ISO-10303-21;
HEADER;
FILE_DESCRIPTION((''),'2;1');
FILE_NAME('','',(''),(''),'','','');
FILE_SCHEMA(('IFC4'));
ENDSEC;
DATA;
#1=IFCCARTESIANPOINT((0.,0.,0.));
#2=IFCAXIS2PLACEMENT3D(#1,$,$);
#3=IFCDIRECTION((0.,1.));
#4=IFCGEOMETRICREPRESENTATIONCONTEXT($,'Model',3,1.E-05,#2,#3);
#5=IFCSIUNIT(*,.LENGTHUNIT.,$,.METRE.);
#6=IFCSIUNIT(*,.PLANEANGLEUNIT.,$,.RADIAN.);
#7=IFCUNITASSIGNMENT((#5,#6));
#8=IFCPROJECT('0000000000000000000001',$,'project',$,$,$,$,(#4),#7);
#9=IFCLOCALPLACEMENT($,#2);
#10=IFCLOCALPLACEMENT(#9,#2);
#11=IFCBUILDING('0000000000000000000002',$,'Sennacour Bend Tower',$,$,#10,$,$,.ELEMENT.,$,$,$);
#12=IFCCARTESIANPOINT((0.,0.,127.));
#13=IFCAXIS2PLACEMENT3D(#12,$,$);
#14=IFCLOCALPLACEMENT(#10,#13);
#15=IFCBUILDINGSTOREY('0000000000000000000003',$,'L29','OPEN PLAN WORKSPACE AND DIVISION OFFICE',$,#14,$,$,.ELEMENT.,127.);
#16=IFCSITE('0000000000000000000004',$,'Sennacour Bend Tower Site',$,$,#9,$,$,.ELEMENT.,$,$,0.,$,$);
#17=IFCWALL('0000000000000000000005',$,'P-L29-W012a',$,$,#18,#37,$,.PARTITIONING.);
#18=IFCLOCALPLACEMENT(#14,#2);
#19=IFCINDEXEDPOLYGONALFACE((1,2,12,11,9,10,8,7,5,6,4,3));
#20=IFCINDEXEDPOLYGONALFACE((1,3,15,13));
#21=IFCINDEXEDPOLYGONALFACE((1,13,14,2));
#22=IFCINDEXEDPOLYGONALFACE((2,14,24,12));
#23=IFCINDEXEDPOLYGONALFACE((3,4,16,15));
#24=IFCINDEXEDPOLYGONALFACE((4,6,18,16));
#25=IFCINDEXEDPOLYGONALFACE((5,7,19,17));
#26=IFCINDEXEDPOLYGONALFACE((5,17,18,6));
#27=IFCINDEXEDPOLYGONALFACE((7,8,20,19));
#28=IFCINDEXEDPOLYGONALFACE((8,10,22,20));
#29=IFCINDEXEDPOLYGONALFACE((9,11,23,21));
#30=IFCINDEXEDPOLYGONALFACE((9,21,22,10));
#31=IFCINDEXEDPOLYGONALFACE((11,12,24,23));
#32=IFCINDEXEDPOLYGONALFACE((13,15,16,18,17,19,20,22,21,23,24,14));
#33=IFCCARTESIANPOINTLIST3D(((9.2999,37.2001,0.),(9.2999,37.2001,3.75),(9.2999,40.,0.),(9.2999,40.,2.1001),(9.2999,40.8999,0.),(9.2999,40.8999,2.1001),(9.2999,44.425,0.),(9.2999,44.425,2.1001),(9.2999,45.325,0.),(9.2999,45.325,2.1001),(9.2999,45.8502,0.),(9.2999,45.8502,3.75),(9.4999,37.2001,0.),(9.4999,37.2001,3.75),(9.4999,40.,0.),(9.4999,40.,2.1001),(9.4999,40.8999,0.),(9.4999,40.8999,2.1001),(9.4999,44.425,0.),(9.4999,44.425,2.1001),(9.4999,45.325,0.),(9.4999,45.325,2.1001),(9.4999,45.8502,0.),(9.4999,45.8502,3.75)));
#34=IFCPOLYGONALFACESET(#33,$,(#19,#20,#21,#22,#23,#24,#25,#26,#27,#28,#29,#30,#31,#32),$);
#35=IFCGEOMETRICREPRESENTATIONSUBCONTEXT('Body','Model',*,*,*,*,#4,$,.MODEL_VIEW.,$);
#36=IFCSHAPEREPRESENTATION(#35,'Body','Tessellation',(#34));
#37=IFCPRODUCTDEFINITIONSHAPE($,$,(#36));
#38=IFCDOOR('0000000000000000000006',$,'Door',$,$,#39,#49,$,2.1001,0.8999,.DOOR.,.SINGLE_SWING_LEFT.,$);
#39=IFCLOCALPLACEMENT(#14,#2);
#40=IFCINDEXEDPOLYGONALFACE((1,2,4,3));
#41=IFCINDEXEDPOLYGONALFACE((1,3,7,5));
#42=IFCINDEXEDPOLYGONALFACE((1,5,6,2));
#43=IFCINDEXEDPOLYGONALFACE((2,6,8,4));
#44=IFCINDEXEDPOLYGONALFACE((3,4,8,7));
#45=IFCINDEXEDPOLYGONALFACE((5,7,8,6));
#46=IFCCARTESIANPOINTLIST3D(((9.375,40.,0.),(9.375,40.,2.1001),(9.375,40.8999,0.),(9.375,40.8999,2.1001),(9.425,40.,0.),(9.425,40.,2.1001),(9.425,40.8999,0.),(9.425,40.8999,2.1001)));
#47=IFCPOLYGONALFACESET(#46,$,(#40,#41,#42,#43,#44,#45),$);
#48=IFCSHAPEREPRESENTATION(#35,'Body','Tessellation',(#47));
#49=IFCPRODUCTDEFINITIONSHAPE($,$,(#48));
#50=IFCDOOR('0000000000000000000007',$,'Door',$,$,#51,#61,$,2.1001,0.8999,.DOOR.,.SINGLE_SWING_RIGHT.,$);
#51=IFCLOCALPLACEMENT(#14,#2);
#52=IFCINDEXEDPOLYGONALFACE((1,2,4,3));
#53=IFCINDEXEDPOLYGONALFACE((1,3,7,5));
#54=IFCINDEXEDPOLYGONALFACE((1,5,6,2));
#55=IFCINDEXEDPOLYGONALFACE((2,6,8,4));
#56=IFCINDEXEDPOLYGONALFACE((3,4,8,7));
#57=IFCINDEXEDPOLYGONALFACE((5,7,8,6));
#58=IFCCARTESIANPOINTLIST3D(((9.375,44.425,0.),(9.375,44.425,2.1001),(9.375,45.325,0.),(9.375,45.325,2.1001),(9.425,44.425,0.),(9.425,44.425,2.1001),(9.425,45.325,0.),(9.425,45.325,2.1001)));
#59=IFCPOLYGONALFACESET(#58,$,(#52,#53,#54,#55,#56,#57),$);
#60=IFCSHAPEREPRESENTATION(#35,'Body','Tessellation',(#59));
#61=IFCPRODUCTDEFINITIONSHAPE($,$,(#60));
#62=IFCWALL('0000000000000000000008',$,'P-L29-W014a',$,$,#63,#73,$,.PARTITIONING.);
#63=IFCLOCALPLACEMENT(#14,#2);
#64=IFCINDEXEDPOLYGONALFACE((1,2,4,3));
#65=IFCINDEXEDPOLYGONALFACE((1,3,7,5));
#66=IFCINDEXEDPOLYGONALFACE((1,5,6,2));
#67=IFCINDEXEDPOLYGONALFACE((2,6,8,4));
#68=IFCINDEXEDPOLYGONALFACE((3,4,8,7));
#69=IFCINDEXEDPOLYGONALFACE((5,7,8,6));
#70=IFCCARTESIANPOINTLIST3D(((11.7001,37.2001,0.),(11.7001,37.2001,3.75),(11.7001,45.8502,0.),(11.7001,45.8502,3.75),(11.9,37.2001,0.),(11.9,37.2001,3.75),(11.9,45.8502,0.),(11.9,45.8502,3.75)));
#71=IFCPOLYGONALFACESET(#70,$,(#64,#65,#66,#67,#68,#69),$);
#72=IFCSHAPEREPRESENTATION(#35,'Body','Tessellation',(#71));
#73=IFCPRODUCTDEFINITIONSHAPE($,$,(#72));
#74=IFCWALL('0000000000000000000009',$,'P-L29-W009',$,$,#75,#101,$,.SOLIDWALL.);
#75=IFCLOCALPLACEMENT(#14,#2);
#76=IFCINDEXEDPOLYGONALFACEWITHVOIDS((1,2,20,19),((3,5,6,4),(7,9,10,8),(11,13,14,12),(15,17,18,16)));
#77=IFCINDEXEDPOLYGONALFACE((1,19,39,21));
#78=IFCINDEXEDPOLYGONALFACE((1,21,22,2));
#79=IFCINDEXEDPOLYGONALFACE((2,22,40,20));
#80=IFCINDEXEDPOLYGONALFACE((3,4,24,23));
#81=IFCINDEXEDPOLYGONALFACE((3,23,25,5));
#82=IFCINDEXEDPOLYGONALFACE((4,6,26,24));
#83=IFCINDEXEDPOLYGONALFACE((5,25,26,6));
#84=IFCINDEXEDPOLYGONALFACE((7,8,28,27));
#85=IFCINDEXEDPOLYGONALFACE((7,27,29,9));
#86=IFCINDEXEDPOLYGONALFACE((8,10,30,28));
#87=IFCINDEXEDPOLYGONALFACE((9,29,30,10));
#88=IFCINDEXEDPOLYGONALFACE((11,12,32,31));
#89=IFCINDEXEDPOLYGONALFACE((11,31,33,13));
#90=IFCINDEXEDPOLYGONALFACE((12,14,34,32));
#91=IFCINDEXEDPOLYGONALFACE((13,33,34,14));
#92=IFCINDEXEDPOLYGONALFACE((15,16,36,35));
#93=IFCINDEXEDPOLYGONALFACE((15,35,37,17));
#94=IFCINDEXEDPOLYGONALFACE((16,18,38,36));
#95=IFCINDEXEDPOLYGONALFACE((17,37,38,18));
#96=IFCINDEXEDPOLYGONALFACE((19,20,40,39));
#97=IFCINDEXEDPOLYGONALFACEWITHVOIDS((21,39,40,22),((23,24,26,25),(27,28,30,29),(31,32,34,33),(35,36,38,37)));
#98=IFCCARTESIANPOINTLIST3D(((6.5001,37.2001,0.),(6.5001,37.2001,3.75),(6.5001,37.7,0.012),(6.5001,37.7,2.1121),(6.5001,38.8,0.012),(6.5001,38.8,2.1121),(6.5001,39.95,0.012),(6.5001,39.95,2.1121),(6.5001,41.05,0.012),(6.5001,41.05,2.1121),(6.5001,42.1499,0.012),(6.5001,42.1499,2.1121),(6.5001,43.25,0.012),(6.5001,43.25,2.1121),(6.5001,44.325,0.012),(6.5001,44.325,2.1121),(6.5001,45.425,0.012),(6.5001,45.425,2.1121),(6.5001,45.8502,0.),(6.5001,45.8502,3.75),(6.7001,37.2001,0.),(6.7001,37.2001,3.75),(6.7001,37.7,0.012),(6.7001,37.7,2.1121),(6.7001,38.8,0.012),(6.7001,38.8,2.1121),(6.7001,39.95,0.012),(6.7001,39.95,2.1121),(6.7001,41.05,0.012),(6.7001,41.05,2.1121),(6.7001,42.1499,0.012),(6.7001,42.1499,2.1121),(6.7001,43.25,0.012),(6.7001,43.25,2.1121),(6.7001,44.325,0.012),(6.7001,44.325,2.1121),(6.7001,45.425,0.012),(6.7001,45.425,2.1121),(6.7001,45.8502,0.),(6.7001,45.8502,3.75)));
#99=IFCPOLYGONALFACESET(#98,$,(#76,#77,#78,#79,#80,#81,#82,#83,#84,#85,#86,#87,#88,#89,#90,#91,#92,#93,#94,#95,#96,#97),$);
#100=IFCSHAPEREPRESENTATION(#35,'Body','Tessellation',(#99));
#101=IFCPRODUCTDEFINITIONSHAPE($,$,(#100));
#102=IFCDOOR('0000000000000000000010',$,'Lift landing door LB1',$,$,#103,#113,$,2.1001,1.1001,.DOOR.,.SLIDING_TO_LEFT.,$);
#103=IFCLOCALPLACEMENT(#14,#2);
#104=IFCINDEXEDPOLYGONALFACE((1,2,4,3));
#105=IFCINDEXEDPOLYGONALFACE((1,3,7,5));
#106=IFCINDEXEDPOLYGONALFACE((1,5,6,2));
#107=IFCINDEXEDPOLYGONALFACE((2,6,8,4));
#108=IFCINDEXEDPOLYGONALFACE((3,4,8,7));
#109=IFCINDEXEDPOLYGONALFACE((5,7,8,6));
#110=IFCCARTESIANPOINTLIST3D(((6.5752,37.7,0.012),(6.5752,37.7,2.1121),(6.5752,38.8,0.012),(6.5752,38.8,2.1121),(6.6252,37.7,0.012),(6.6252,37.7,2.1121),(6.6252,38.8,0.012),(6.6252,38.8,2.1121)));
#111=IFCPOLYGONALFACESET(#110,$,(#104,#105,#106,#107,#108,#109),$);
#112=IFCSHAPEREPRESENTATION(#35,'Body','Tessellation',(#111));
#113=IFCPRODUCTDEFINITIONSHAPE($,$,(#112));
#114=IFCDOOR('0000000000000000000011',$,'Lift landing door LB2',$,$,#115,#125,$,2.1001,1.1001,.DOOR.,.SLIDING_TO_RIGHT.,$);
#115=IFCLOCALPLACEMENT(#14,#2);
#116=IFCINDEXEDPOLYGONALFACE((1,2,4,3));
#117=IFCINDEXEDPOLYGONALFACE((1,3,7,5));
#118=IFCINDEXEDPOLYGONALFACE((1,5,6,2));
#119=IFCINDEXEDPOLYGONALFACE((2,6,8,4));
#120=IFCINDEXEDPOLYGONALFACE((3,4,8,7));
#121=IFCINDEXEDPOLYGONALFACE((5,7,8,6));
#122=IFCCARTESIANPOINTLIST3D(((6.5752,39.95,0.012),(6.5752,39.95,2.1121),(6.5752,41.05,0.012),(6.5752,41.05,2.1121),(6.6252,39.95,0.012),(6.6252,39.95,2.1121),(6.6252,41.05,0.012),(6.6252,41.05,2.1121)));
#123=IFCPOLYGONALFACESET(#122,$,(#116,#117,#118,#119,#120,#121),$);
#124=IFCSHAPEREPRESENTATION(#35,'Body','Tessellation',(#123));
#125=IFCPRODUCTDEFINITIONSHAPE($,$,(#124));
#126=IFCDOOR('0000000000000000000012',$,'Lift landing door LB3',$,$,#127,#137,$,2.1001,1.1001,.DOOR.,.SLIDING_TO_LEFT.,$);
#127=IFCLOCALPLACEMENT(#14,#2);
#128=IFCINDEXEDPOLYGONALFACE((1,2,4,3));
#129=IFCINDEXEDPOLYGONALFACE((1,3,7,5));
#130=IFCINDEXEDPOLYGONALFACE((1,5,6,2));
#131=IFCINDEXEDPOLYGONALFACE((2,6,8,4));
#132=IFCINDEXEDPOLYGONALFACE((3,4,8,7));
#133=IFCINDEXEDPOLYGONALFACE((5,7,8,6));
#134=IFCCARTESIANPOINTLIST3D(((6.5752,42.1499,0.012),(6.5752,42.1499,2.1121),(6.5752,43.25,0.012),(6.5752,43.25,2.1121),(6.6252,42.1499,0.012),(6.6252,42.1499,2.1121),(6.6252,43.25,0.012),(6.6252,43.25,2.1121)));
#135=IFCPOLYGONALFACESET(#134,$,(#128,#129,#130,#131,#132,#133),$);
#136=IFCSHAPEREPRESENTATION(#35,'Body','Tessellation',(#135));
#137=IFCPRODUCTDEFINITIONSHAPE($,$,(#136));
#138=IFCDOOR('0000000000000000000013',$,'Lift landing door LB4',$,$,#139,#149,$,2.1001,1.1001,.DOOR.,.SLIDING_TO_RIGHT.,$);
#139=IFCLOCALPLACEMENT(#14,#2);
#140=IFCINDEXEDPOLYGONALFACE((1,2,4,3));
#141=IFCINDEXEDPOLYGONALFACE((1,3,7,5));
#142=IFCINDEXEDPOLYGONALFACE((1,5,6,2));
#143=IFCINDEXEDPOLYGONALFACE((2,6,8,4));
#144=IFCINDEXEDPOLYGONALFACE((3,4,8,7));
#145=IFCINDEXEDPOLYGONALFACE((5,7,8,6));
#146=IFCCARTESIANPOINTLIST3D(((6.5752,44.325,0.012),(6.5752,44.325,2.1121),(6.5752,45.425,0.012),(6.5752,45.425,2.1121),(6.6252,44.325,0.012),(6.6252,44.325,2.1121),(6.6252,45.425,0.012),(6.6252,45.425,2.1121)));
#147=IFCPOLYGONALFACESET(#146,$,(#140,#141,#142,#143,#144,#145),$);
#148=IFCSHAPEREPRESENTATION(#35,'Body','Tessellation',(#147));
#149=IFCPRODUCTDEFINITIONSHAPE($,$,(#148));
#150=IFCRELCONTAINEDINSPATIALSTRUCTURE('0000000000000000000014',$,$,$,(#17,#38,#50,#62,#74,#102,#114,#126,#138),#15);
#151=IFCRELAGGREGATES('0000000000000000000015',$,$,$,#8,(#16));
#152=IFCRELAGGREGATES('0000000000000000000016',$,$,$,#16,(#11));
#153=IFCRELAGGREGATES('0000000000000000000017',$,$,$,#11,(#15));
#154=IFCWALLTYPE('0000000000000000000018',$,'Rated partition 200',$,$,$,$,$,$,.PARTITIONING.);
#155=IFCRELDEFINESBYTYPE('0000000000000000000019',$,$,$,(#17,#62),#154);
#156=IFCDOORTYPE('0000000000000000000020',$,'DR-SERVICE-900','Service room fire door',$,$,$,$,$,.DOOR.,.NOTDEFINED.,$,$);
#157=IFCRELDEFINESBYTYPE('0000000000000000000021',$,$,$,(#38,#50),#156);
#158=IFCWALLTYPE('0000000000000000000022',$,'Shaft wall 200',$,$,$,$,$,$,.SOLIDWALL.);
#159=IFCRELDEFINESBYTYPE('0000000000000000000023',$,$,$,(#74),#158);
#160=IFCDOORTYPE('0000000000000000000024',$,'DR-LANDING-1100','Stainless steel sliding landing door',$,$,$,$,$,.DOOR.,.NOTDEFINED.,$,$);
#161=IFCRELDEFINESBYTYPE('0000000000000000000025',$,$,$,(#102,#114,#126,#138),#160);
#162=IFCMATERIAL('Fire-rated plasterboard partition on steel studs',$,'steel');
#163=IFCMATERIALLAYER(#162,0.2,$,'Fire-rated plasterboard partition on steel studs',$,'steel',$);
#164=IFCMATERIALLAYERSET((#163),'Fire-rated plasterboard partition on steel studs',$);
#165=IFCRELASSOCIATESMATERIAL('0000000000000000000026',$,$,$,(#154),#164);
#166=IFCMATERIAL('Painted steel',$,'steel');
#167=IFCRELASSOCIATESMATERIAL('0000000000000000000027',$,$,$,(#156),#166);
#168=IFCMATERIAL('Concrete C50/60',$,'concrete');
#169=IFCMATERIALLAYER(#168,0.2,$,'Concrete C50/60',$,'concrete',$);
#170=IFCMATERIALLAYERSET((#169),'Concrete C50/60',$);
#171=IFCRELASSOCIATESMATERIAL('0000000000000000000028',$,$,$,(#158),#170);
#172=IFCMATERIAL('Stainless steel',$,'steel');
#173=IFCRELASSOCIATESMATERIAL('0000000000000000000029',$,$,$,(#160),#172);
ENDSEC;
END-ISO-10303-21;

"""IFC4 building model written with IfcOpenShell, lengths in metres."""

from ifc_helpers import new_model, si_unit, direction, frame, frame_2d, origin, place, context, subcontext, project, spatial, rectangle, extrude, material, layer, layer_set, type_object, element, fill, save


model = new_model("IFC4")

# Units and contexts
model_context = context("Model", 3, precision=1e-05, world=origin(), true_north=direction((0.0, 1.0)))
body_context = subcontext(model_context, "Body", "Model", "MODEL_VIEW")
ifc_project = project(units=[si_unit("LENGTHUNIT", "METRE"), si_unit("PLANEANGLEUNIT", "RADIAN")], contexts=[model_context])

# Site, building, storey
site_placement = place(None, origin())
site = spatial("IfcSite", under=ifc_project, at=site_placement, Name="Sennacour Bend Tower Site", CompositionType="ELEMENT", RefElevation=0.0)
building_placement = place(site_placement, origin())
building = spatial("IfcBuilding", under=site, at=building_placement, Name="Sennacour Bend Tower", CompositionType="ELEMENT")
storey_placement = place(building_placement, frame((0.0, 0.0, 127.0)))
storey = spatial("IfcBuildingStorey", under=building, at=storey_placement, Name="L29", Description="OPEN PLAN WORKSPACE AND DIVISION OFFICE", CompositionType="ELEMENT", Elevation=127.0)

# Shared definitions
ifc_material_1 = material(Name="Painted steel", Category="steel")

# Wall, openings, doors
ifc_material_2 = material(Name="Fire-rated plasterboard partition on steel studs", Category="steel")
ifc_layer_1 = layer(ifc_material_2, 0.2, Name="Fire-rated plasterboard partition on steel studs", Category="steel")
ifc_layer_set_1 = layer_set([ifc_layer_1], Name="Fire-rated plasterboard partition on steel studs")
wall_type_1 = type_object("IfcWallType", Name="Rated partition 200", PredefinedType="PARTITIONING", material=ifc_layer_set_1)
wall_1_placement = place(storey_placement, frame((9.3999, 37.2, 0.0), z_axis=(0.0, 0.0, 1.0), x_axis=(0.0, 1.0, 0.0)))
wall_1 = element("IfcWall", 1, at=wall_1_placement, inside=storey, type_object=wall_type_1, Name="P-L29-W012a", PredefinedType="PARTITIONING", context=body_context, shape_type="SweptSolid", body=[
    extrude(rectangle(XDim=8.6501, YDim=0.2, at=frame_2d((4.3252, 0.0))), origin(), (0.0, 0.0, 1.0), 3.75),
])
opening_1_placement = place(wall_1_placement, frame((2.8, 0.0, 0.0)))
opening_1 = element("IfcOpeningElement", 2, at=opening_1_placement, cuts=wall_1, PredefinedType="OPENING", context=body_context, shape_type="SweptSolid", body=[
    extrude(rectangle(XDim=0.8999, YDim=2.1001, at=frame_2d((0.45, 1.05))), frame((0.0, 0.1099, 0.0), z_axis=(0.0, -1.0, 0.0), x_axis=(1.0, 0.0, 0.0)), (0.0, 0.0, 1.0), 0.22),
])
opening_2_placement = place(wall_1_placement, frame((7.2251, 0.0, 0.0)))
opening_2 = element("IfcOpeningElement", 3, at=opening_2_placement, cuts=wall_1, PredefinedType="OPENING", context=body_context, shape_type="SweptSolid", body=[
    extrude(rectangle(XDim=0.8999, YDim=2.1001, at=frame_2d((0.45, 1.05))), frame((0.0, 0.1099, 0.0), z_axis=(0.0, -1.0, 0.0), x_axis=(1.0, 0.0, 0.0)), (0.0, 0.0, 1.0), 0.22),
])
door_type_1 = type_object("IfcDoorType", Name="DR-SERVICE-900", Description="Service room fire door", OperationType="NOTDEFINED", PredefinedType="DOOR", material=ifc_material_1)
door_1_placement = place(opening_1_placement, origin())
door_1 = element("IfcDoor", 4, at=door_1_placement, inside=storey, type_object=door_type_1, Name="Door", OperationType="SINGLE_SWING_LEFT", OverallHeight=2.1001, OverallWidth=0.8999, PredefinedType="DOOR", context=body_context, shape_type="SweptSolid", body=[
    extrude(rectangle(XDim=0.8999, YDim=2.1001, at=frame_2d((0.45, 1.05))), frame((0.0, 0.0249, 0.0), z_axis=(0.0, -1.0, 0.0), x_axis=(1.0, 0.0, 0.0)), (0.0, 0.0, 1.0), 0.05),
])
fill(opening_1, door_1)
door_2_placement = place(opening_2_placement, origin())
door_2 = element("IfcDoor", 5, at=door_2_placement, inside=storey, type_object=door_type_1, Name="Door", OperationType="SINGLE_SWING_RIGHT", OverallHeight=2.1001, OverallWidth=0.8999, PredefinedType="DOOR", context=body_context, shape_type="SweptSolid", body=[
    extrude(rectangle(XDim=0.8999, YDim=2.1001, at=frame_2d((0.45, 1.05))), frame((0.0, 0.0249, 0.0), z_axis=(0.0, -1.0, 0.0), x_axis=(1.0, 0.0, 0.0)), (0.0, 0.0, 1.0), 0.05),
])
fill(opening_2, door_2)

# Wall
wall_2_placement = place(storey_placement, frame((11.8, 37.2, 0.0), z_axis=(0.0, 0.0, 1.0), x_axis=(0.0, 1.0, 0.0)))
element("IfcWall", 6, at=wall_2_placement, inside=storey, type_object=wall_type_1, Name="P-L29-W014a", PredefinedType="PARTITIONING", context=body_context, shape_type="SweptSolid", body=[
    extrude(rectangle(XDim=8.6501, YDim=0.2, at=frame_2d((4.3252, 0.0))), origin(), (0.0, 0.0, 1.0), 3.75),
])

# Wall, openings, doors
ifc_material_3 = material(Name="Concrete C50/60", Category="concrete")
ifc_layer_2 = layer(ifc_material_3, 0.2, Name="Concrete C50/60", Category="concrete")
ifc_layer_set_2 = layer_set([ifc_layer_2], Name="Concrete C50/60")
wall_type_2 = type_object("IfcWallType", Name="Shaft wall 200", PredefinedType="SOLIDWALL", material=ifc_layer_set_2)
wall_3_placement = place(storey_placement, frame((6.6001, 37.2, 0.0), z_axis=(0.0, 0.0, 1.0), x_axis=(0.0, 1.0, 0.0)))
wall_3 = element("IfcWall", 7, at=wall_3_placement, inside=storey, type_object=wall_type_2, Name="P-L29-W009", PredefinedType="SOLIDWALL", context=body_context, shape_type="SweptSolid", body=[
    extrude(rectangle(XDim=8.6501, YDim=0.2, at=frame_2d((4.3252, 0.0))), origin(), (0.0, 0.0, 1.0), 3.75),
])
opening_3_placement = place(wall_3_placement, frame((0.5, 0.0, 0.012)))
opening_3 = element("IfcOpeningElement", 8, at=opening_3_placement, cuts=wall_3, PredefinedType="OPENING", context=body_context, shape_type="SweptSolid", body=[
    extrude(rectangle(XDim=1.1001, YDim=2.1001, at=frame_2d((0.55, 1.05))), frame((0.0, 0.1099, 0.0), z_axis=(0.0, -1.0, 0.0), x_axis=(1.0, 0.0, 0.0)), (0.0, 0.0, 1.0), 0.22),
])
opening_4_placement = place(wall_3_placement, frame((2.75, 0.0, 0.012)))
opening_4 = element("IfcOpeningElement", 9, at=opening_4_placement, cuts=wall_3, PredefinedType="OPENING", context=body_context, shape_type="SweptSolid", body=[
    extrude(rectangle(XDim=1.1001, YDim=2.1001, at=frame_2d((0.55, 1.05))), frame((0.0, 0.1099, 0.0), z_axis=(0.0, -1.0, 0.0), x_axis=(1.0, 0.0, 0.0)), (0.0, 0.0, 1.0), 0.22),
])
opening_5_placement = place(wall_3_placement, frame((4.95, 0.0, 0.012)))
opening_5 = element("IfcOpeningElement", 10, at=opening_5_placement, cuts=wall_3, PredefinedType="OPENING", context=body_context, shape_type="SweptSolid", body=[
    extrude(rectangle(XDim=1.1001, YDim=2.1001, at=frame_2d((0.55, 1.05))), frame((0.0, 0.1099, 0.0), z_axis=(0.0, -1.0, 0.0), x_axis=(1.0, 0.0, 0.0)), (0.0, 0.0, 1.0), 0.22),
])
opening_6_placement = place(wall_3_placement, frame((7.125, 0.0, 0.012)))
opening_6 = element("IfcOpeningElement", 11, at=opening_6_placement, cuts=wall_3, PredefinedType="OPENING", context=body_context, shape_type="SweptSolid", body=[
    extrude(rectangle(XDim=1.1001, YDim=2.1001, at=frame_2d((0.55, 1.05))), frame((0.0, 0.1099, 0.0), z_axis=(0.0, -1.0, 0.0), x_axis=(1.0, 0.0, 0.0)), (0.0, 0.0, 1.0), 0.22),
])
ifc_material_4 = material(Name="Stainless steel", Category="steel")
door_type_2 = type_object("IfcDoorType", Name="DR-LANDING-1100", Description="Stainless steel sliding landing door", OperationType="NOTDEFINED", PredefinedType="DOOR", material=ifc_material_4)
door_3_placement = place(opening_3_placement, origin())
door_3 = element("IfcDoor", 12, at=door_3_placement, inside=storey, type_object=door_type_2, Name="Lift landing door LB1", OperationType="SLIDING_TO_LEFT", OverallHeight=2.1001, OverallWidth=1.1001, PredefinedType="DOOR", context=body_context, shape_type="SweptSolid", body=[
    extrude(rectangle(XDim=1.1001, YDim=2.1001, at=frame_2d((0.55, 1.05))), frame((0.0, 0.0249, 0.0), z_axis=(0.0, -1.0, 0.0), x_axis=(1.0, 0.0, 0.0)), (0.0, 0.0, 1.0), 0.05),
])
fill(opening_3, door_3)
door_4_placement = place(opening_4_placement, origin())
door_4 = element("IfcDoor", 13, at=door_4_placement, inside=storey, type_object=door_type_2, Name="Lift landing door LB2", OperationType="SLIDING_TO_RIGHT", OverallHeight=2.1001, OverallWidth=1.1001, PredefinedType="DOOR", context=body_context, shape_type="SweptSolid", body=[
    extrude(rectangle(XDim=1.1001, YDim=2.1001, at=frame_2d((0.55, 1.05))), frame((0.0, 0.0249, 0.0), z_axis=(0.0, -1.0, 0.0), x_axis=(1.0, 0.0, 0.0)), (0.0, 0.0, 1.0), 0.05),
])
fill(opening_4, door_4)
door_5_placement = place(opening_5_placement, origin())
door_5 = element("IfcDoor", 14, at=door_5_placement, inside=storey, type_object=door_type_2, Name="Lift landing door LB3", OperationType="SLIDING_TO_LEFT", OverallHeight=2.1001, OverallWidth=1.1001, PredefinedType="DOOR", context=body_context, shape_type="SweptSolid", body=[
    extrude(rectangle(XDim=1.1001, YDim=2.1001, at=frame_2d((0.55, 1.05))), frame((0.0, 0.0249, 0.0), z_axis=(0.0, -1.0, 0.0), x_axis=(1.0, 0.0, 0.0)), (0.0, 0.0, 1.0), 0.05),
])
fill(opening_5, door_5)
door_6_placement = place(opening_6_placement, origin())
door_6 = element("IfcDoor", 15, at=door_6_placement, inside=storey, type_object=door_type_2, Name="Lift landing door LB4", OperationType="SLIDING_TO_RIGHT", OverallHeight=2.1001, OverallWidth=1.1001, PredefinedType="DOOR", context=body_context, shape_type="SweptSolid", body=[
    extrude(rectangle(XDim=1.1001, YDim=2.1001, at=frame_2d((0.55, 1.05))), frame((0.0, 0.0249, 0.0), z_axis=(0.0, -1.0, 0.0), x_axis=(1.0, 0.0, 0.0)), (0.0, 0.0, 1.0), 0.05),
])
fill(opening_6, door_6)

save(model, "model.ifc")
